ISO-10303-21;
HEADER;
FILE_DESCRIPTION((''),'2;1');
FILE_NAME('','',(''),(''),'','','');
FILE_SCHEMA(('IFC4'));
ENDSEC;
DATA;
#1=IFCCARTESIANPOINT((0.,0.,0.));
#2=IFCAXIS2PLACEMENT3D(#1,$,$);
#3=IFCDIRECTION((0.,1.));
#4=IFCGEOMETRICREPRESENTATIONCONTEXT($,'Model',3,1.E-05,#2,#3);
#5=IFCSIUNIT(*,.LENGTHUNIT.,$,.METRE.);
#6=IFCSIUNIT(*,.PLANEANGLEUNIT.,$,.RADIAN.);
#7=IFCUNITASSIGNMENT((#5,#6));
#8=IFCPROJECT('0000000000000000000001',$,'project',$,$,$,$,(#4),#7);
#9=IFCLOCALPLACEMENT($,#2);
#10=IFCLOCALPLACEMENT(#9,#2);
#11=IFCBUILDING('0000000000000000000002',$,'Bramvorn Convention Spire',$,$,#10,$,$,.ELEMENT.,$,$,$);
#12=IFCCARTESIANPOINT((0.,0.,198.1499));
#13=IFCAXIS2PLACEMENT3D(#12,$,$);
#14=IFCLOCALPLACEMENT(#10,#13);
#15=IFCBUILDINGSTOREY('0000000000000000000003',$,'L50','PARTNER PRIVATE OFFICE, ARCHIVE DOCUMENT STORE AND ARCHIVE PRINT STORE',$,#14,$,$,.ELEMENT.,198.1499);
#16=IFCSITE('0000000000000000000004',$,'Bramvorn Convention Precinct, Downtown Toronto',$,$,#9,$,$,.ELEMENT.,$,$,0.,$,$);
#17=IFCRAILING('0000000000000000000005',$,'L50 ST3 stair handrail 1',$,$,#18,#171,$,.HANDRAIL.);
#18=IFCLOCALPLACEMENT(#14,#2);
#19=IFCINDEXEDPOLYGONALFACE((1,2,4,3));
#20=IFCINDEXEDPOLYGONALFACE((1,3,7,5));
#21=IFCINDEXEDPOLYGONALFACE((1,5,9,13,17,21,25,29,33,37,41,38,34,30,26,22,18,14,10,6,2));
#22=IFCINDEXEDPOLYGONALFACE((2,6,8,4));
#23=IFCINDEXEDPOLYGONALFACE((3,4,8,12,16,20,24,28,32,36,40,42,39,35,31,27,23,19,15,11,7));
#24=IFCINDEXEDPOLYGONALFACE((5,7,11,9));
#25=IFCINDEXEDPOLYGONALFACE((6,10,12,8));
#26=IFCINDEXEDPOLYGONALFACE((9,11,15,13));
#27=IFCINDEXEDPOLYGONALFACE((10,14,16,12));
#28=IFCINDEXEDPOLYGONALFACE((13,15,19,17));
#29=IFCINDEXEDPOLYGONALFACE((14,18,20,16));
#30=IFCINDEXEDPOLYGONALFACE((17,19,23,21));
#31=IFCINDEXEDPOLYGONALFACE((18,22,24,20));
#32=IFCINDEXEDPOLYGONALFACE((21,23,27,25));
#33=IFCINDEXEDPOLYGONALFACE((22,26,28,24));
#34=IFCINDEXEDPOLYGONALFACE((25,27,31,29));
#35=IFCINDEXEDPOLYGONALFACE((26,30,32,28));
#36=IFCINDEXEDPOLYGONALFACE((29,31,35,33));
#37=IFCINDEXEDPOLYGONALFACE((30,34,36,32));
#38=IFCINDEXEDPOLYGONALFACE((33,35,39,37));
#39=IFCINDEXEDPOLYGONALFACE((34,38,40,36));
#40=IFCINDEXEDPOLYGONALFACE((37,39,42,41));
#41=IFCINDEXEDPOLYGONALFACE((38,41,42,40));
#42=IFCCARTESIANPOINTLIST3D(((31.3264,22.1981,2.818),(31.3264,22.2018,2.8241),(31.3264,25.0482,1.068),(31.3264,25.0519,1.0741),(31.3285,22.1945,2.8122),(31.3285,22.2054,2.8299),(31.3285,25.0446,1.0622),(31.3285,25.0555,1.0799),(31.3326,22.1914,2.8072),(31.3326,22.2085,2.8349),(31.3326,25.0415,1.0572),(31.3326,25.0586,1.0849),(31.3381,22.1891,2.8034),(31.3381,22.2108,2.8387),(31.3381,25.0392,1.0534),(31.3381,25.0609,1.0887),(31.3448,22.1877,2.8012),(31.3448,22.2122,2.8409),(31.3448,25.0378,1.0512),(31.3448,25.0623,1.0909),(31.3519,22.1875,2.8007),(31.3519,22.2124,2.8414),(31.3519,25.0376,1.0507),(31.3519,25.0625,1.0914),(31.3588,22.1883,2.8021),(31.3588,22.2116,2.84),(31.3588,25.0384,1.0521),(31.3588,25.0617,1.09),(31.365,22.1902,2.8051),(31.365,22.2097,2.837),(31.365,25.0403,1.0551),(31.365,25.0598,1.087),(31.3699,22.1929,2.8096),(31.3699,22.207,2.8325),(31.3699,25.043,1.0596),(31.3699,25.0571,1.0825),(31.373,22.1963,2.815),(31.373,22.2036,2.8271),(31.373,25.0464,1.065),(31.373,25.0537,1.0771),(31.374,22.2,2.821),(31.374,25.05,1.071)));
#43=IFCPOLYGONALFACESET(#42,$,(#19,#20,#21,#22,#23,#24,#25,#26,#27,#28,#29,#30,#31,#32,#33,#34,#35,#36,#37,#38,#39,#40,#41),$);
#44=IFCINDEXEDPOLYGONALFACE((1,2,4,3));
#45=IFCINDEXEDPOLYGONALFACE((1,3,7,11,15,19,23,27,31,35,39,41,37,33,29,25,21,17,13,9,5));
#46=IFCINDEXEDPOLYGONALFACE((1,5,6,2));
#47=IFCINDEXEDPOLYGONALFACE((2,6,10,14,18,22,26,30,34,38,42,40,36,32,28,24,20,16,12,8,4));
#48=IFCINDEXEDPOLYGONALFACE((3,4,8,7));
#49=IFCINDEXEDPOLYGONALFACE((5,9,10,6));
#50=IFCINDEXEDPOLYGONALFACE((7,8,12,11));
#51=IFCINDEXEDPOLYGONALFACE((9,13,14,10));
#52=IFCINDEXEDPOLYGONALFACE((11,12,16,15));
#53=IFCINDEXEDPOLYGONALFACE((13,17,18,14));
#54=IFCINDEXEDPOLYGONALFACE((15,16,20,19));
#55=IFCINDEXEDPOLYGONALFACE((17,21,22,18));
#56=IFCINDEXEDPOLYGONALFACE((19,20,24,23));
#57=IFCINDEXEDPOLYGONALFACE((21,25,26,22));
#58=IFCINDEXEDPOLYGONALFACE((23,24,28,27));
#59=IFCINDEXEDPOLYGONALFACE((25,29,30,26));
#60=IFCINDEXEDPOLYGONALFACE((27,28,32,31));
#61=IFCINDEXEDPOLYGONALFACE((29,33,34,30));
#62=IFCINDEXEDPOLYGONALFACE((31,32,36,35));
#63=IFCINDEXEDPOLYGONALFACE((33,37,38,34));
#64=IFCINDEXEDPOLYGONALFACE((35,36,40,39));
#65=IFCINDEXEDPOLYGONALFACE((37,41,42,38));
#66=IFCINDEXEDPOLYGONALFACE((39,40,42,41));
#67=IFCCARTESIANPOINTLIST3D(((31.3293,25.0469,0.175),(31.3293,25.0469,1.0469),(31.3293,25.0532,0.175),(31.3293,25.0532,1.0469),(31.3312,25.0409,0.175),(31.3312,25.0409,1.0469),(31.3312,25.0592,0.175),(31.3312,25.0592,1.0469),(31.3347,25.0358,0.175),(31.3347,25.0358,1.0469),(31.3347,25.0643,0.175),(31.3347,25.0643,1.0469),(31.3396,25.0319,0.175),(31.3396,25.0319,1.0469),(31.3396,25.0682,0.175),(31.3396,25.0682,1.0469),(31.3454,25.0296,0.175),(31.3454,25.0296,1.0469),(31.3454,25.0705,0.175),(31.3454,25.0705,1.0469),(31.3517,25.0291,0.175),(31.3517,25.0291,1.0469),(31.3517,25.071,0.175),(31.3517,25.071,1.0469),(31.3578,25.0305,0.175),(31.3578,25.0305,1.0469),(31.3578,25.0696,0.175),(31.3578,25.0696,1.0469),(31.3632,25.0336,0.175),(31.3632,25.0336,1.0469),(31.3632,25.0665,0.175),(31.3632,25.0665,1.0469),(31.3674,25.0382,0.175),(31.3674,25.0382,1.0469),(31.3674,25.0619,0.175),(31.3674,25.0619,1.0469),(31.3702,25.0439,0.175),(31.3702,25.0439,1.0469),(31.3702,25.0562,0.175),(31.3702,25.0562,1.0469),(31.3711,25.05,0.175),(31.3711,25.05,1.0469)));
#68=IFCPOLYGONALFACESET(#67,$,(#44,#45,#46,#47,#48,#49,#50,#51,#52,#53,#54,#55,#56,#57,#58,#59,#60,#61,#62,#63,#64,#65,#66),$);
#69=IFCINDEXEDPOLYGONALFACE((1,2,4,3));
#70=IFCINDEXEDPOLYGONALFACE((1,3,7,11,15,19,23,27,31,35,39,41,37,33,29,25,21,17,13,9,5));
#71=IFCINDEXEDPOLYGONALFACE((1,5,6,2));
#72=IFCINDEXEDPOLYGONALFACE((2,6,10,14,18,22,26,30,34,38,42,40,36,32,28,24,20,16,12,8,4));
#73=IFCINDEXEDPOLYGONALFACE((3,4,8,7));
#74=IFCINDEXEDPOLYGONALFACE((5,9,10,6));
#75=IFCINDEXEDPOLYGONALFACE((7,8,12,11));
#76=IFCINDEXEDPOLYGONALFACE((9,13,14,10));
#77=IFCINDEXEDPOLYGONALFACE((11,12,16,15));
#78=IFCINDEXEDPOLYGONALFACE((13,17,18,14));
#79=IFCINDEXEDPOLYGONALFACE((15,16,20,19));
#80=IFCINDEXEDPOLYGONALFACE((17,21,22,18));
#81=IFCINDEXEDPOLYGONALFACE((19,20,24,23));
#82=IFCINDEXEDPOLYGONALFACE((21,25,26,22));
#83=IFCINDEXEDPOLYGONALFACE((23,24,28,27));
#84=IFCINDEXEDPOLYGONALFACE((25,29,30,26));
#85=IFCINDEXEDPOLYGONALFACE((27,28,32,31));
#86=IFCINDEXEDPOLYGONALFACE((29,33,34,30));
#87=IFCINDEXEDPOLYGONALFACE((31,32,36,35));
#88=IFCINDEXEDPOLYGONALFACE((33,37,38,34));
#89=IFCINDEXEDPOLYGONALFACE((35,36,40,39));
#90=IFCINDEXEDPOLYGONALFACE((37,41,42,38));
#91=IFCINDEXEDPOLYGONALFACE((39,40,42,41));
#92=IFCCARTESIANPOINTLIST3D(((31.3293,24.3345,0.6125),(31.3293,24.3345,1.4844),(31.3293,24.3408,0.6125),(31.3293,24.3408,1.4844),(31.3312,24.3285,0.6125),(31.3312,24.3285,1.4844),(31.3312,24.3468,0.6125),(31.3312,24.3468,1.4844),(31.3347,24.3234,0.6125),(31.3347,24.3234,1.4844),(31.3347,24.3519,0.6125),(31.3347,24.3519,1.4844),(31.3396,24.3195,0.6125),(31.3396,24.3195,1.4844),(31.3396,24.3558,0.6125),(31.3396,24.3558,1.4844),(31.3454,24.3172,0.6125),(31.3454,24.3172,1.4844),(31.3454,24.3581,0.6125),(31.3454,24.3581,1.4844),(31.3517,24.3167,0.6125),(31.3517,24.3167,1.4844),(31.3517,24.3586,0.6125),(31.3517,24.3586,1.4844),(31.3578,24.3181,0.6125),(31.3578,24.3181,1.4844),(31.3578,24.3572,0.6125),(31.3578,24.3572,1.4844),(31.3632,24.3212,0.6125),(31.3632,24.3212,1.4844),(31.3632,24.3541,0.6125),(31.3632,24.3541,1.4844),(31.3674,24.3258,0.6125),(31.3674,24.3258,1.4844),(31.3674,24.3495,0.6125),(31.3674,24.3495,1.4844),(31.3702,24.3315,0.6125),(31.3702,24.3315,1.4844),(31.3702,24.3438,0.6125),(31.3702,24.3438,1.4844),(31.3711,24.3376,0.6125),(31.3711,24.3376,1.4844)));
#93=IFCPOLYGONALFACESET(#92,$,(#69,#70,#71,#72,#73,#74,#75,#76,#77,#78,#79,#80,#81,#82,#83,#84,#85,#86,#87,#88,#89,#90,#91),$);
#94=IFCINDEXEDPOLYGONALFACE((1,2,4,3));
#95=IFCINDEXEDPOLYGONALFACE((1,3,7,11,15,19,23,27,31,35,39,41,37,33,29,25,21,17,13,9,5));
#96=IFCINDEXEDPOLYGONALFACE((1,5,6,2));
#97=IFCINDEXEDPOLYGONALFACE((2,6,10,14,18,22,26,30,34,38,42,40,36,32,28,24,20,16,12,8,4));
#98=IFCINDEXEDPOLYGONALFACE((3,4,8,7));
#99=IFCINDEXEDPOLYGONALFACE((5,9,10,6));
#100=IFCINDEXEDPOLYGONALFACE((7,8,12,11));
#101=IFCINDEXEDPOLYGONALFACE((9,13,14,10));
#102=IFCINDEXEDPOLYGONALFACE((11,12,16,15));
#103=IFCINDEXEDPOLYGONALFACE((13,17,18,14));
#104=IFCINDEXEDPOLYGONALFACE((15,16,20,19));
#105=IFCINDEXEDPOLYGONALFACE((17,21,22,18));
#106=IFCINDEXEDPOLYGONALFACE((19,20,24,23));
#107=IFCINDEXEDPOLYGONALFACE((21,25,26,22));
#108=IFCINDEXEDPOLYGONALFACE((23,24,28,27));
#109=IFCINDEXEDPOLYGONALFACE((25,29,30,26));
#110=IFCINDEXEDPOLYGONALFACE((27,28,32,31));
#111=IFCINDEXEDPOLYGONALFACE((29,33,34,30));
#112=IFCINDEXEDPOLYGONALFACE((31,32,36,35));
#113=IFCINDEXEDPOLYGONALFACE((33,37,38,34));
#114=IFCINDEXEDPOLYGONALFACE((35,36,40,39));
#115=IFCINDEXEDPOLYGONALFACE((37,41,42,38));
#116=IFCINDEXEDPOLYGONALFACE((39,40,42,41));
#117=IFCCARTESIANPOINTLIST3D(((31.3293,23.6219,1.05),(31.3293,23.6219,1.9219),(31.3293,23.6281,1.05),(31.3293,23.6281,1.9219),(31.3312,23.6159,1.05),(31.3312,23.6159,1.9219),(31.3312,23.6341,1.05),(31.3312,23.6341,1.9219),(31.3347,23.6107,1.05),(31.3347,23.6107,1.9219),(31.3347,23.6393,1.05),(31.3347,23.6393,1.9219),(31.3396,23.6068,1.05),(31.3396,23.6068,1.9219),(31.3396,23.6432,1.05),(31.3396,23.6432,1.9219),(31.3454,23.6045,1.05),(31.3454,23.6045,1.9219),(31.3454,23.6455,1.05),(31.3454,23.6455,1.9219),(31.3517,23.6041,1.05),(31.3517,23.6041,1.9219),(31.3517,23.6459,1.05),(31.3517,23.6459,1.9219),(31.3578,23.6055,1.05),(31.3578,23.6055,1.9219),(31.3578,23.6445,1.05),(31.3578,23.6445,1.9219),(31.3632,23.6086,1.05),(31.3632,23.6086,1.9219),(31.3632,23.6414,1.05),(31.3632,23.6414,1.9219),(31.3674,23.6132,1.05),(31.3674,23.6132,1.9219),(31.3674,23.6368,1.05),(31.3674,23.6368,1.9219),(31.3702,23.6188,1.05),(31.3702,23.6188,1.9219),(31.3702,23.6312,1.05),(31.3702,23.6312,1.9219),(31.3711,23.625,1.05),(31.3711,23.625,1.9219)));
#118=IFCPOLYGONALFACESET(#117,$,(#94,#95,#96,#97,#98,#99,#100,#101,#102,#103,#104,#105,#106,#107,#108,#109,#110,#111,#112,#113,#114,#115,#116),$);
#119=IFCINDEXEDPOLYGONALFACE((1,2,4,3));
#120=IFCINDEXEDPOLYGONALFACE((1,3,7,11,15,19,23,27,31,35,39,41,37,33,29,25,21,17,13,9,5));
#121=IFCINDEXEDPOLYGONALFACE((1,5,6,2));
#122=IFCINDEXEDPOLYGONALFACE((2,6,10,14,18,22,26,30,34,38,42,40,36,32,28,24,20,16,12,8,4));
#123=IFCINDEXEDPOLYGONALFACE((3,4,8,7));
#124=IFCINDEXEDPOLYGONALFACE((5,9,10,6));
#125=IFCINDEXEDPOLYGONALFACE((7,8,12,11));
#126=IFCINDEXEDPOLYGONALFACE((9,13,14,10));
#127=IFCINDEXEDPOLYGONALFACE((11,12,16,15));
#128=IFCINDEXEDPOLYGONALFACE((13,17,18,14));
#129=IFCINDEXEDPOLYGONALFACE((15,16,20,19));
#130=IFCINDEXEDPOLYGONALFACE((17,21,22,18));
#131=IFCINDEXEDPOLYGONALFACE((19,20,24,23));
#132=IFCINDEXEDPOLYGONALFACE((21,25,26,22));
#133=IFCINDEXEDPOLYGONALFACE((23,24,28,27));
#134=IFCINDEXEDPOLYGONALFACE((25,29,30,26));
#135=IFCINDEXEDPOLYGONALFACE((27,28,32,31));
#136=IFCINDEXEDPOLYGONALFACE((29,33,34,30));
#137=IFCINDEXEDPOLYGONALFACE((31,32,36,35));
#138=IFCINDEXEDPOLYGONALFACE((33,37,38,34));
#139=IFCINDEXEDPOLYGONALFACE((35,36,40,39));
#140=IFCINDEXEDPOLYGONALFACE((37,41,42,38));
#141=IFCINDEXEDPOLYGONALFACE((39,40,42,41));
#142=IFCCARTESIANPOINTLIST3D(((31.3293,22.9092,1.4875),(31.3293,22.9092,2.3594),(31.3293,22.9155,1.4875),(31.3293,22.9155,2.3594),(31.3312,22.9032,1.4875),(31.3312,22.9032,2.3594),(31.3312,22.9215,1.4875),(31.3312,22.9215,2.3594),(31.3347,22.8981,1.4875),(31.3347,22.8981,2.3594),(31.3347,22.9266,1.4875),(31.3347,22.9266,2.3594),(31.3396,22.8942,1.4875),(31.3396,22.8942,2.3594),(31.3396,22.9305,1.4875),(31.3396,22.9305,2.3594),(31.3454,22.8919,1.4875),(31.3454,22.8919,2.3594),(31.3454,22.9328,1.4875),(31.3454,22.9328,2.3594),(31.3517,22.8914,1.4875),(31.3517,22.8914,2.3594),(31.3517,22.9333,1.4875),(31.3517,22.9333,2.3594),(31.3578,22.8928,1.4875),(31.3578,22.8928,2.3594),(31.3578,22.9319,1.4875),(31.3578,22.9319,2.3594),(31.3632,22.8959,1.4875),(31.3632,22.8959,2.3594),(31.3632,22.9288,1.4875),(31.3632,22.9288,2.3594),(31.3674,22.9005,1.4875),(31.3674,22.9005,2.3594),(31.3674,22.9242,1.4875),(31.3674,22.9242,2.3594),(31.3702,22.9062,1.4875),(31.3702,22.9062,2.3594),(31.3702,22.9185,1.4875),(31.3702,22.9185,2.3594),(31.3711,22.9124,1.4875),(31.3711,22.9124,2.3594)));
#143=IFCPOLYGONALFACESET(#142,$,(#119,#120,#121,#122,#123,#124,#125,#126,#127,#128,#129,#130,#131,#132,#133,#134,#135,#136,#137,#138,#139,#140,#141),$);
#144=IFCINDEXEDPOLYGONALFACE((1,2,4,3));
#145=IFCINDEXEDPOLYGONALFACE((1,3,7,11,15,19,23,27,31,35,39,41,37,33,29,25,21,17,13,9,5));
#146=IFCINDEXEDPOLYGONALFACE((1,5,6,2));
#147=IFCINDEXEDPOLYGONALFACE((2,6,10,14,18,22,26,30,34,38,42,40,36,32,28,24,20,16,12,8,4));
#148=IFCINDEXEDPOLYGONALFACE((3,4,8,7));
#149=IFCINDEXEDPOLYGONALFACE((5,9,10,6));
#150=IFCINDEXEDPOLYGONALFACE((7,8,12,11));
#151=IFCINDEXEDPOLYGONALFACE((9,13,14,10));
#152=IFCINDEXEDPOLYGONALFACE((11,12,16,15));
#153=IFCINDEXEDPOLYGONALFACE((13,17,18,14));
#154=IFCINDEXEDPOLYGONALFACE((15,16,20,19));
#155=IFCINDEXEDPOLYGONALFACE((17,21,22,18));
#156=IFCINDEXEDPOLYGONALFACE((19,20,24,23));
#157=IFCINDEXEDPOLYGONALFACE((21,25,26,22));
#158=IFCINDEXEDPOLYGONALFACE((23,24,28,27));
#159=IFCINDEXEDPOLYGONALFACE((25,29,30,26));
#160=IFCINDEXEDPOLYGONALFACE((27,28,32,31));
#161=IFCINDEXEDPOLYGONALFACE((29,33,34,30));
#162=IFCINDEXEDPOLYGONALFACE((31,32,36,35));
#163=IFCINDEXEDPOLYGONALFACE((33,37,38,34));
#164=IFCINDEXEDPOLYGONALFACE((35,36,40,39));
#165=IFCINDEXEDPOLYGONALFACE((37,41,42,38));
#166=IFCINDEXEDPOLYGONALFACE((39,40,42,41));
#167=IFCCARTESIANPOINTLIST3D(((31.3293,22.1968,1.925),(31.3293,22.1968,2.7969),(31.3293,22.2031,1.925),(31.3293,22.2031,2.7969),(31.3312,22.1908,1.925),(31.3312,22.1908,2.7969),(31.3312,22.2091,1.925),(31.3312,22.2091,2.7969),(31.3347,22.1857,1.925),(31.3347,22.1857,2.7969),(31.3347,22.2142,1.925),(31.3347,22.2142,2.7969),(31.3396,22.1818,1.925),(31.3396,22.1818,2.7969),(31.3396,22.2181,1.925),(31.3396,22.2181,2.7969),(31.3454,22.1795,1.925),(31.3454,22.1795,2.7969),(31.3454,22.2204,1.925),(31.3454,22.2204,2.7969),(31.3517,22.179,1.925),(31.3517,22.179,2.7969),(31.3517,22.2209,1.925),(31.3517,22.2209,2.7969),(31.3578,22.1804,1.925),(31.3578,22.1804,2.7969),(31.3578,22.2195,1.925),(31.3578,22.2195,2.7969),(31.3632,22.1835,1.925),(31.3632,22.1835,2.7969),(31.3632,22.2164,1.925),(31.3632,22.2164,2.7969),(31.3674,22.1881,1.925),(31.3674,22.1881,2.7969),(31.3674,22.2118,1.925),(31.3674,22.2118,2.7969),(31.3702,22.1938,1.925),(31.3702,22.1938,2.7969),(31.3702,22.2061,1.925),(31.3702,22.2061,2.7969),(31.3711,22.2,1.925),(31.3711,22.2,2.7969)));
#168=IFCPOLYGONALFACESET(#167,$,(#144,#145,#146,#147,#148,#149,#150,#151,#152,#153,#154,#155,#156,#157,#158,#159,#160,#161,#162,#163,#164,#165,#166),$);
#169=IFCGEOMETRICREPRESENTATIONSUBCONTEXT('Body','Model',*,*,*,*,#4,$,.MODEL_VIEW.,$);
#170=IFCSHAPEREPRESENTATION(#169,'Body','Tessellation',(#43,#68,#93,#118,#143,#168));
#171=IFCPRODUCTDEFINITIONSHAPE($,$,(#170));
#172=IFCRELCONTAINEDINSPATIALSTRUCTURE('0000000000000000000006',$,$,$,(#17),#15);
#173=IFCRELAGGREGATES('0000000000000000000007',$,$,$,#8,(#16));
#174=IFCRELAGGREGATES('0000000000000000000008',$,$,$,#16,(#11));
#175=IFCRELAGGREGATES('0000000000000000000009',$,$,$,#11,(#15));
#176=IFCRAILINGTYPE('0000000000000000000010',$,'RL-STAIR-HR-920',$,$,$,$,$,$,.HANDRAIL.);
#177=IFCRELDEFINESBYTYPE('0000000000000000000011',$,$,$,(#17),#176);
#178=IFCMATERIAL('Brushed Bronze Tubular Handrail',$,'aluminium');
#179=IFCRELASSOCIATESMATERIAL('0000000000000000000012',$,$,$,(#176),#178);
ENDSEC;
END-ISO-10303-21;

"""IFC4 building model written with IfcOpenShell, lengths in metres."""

from ifc_helpers import new_model, si_unit, direction, frame, origin, origin_2d, place, context, subcontext, project, spatial, circle, extrude, material, type_object, element, save


model = new_model("IFC4")

# Units and contexts
model_context = context("Model", 3, precision=1e-05, world=origin(), true_north=direction((0.0, 1.0)))
body_context = subcontext(model_context, "Body", "Model", "MODEL_VIEW")
ifc_project = project(units=[si_unit("LENGTHUNIT", "METRE"), si_unit("PLANEANGLEUNIT", "RADIAN")], contexts=[model_context])

# Site, building, storey
site_placement = place(None, origin())
site = spatial("IfcSite", under=ifc_project, at=site_placement, Name="Bramvorn Convention Precinct, Downtown Toronto", CompositionType="ELEMENT", RefElevation=0.0)
building_placement = place(site_placement, origin())
building = spatial("IfcBuilding", under=site, at=building_placement, Name="Bramvorn Convention Spire", CompositionType="ELEMENT")
storey_placement = place(building_placement, frame((0.0, 0.0, 198.1499)))
storey = spatial("IfcBuildingStorey", under=building, at=storey_placement, Name="L50", Description="PARTNER PRIVATE OFFICE, ARCHIVE DOCUMENT STORE AND ARCHIVE PRINT STORE", CompositionType="ELEMENT", Elevation=198.1499)

# Railing
ifc_material_1 = material(Name="Brushed Bronze Tubular Handrail", Category="aluminium")
railing_type_1 = type_object("IfcRailingType", Name="RL-STAIR-HR-920", PredefinedType="HANDRAIL", material=ifc_material_1)
railing_1_placement = place(storey_placement, frame((31.3501, 25.05, 0.175)))
element("IfcRailing", 1, at=railing_1_placement, inside=storey, type_object=railing_type_1, Name="L50 ST3 stair handrail 1", PredefinedType="HANDRAIL", context=body_context, shape_type="SweptSolid", body=[
    extrude(circle(Radius=0.0239, at=origin_2d()), frame((0.0, 0.0, 0.896), z_axis=(0.0, -0.852179, 0.52325), x_axis=(1.0, 0.0, 0.0)), (0.0, 0.0, 1.0), 3.3445),
    extrude(circle(Radius=0.021, at=origin_2d()), origin(), (0.0, 0.0, 1.0), 0.8718),
    extrude(circle(Radius=0.021, at=origin_2d()), frame((0.0, -0.7124, 0.4375)), (0.0, 0.0, 1.0), 0.8718),
    extrude(circle(Radius=0.021, at=origin_2d()), frame((0.0, -1.425, 0.875)), (0.0, 0.0, 1.0), 0.8718),
    extrude(circle(Radius=0.021, at=origin_2d()), frame((0.0, -2.1377, 1.3125)), (0.0, 0.0, 1.0), 0.8718),
    extrude(circle(Radius=0.021, at=origin_2d()), frame((0.0, -2.8501, 1.75)), (0.0, 0.0, 1.0), 0.8718),
])

save(model, "model.ifc")
